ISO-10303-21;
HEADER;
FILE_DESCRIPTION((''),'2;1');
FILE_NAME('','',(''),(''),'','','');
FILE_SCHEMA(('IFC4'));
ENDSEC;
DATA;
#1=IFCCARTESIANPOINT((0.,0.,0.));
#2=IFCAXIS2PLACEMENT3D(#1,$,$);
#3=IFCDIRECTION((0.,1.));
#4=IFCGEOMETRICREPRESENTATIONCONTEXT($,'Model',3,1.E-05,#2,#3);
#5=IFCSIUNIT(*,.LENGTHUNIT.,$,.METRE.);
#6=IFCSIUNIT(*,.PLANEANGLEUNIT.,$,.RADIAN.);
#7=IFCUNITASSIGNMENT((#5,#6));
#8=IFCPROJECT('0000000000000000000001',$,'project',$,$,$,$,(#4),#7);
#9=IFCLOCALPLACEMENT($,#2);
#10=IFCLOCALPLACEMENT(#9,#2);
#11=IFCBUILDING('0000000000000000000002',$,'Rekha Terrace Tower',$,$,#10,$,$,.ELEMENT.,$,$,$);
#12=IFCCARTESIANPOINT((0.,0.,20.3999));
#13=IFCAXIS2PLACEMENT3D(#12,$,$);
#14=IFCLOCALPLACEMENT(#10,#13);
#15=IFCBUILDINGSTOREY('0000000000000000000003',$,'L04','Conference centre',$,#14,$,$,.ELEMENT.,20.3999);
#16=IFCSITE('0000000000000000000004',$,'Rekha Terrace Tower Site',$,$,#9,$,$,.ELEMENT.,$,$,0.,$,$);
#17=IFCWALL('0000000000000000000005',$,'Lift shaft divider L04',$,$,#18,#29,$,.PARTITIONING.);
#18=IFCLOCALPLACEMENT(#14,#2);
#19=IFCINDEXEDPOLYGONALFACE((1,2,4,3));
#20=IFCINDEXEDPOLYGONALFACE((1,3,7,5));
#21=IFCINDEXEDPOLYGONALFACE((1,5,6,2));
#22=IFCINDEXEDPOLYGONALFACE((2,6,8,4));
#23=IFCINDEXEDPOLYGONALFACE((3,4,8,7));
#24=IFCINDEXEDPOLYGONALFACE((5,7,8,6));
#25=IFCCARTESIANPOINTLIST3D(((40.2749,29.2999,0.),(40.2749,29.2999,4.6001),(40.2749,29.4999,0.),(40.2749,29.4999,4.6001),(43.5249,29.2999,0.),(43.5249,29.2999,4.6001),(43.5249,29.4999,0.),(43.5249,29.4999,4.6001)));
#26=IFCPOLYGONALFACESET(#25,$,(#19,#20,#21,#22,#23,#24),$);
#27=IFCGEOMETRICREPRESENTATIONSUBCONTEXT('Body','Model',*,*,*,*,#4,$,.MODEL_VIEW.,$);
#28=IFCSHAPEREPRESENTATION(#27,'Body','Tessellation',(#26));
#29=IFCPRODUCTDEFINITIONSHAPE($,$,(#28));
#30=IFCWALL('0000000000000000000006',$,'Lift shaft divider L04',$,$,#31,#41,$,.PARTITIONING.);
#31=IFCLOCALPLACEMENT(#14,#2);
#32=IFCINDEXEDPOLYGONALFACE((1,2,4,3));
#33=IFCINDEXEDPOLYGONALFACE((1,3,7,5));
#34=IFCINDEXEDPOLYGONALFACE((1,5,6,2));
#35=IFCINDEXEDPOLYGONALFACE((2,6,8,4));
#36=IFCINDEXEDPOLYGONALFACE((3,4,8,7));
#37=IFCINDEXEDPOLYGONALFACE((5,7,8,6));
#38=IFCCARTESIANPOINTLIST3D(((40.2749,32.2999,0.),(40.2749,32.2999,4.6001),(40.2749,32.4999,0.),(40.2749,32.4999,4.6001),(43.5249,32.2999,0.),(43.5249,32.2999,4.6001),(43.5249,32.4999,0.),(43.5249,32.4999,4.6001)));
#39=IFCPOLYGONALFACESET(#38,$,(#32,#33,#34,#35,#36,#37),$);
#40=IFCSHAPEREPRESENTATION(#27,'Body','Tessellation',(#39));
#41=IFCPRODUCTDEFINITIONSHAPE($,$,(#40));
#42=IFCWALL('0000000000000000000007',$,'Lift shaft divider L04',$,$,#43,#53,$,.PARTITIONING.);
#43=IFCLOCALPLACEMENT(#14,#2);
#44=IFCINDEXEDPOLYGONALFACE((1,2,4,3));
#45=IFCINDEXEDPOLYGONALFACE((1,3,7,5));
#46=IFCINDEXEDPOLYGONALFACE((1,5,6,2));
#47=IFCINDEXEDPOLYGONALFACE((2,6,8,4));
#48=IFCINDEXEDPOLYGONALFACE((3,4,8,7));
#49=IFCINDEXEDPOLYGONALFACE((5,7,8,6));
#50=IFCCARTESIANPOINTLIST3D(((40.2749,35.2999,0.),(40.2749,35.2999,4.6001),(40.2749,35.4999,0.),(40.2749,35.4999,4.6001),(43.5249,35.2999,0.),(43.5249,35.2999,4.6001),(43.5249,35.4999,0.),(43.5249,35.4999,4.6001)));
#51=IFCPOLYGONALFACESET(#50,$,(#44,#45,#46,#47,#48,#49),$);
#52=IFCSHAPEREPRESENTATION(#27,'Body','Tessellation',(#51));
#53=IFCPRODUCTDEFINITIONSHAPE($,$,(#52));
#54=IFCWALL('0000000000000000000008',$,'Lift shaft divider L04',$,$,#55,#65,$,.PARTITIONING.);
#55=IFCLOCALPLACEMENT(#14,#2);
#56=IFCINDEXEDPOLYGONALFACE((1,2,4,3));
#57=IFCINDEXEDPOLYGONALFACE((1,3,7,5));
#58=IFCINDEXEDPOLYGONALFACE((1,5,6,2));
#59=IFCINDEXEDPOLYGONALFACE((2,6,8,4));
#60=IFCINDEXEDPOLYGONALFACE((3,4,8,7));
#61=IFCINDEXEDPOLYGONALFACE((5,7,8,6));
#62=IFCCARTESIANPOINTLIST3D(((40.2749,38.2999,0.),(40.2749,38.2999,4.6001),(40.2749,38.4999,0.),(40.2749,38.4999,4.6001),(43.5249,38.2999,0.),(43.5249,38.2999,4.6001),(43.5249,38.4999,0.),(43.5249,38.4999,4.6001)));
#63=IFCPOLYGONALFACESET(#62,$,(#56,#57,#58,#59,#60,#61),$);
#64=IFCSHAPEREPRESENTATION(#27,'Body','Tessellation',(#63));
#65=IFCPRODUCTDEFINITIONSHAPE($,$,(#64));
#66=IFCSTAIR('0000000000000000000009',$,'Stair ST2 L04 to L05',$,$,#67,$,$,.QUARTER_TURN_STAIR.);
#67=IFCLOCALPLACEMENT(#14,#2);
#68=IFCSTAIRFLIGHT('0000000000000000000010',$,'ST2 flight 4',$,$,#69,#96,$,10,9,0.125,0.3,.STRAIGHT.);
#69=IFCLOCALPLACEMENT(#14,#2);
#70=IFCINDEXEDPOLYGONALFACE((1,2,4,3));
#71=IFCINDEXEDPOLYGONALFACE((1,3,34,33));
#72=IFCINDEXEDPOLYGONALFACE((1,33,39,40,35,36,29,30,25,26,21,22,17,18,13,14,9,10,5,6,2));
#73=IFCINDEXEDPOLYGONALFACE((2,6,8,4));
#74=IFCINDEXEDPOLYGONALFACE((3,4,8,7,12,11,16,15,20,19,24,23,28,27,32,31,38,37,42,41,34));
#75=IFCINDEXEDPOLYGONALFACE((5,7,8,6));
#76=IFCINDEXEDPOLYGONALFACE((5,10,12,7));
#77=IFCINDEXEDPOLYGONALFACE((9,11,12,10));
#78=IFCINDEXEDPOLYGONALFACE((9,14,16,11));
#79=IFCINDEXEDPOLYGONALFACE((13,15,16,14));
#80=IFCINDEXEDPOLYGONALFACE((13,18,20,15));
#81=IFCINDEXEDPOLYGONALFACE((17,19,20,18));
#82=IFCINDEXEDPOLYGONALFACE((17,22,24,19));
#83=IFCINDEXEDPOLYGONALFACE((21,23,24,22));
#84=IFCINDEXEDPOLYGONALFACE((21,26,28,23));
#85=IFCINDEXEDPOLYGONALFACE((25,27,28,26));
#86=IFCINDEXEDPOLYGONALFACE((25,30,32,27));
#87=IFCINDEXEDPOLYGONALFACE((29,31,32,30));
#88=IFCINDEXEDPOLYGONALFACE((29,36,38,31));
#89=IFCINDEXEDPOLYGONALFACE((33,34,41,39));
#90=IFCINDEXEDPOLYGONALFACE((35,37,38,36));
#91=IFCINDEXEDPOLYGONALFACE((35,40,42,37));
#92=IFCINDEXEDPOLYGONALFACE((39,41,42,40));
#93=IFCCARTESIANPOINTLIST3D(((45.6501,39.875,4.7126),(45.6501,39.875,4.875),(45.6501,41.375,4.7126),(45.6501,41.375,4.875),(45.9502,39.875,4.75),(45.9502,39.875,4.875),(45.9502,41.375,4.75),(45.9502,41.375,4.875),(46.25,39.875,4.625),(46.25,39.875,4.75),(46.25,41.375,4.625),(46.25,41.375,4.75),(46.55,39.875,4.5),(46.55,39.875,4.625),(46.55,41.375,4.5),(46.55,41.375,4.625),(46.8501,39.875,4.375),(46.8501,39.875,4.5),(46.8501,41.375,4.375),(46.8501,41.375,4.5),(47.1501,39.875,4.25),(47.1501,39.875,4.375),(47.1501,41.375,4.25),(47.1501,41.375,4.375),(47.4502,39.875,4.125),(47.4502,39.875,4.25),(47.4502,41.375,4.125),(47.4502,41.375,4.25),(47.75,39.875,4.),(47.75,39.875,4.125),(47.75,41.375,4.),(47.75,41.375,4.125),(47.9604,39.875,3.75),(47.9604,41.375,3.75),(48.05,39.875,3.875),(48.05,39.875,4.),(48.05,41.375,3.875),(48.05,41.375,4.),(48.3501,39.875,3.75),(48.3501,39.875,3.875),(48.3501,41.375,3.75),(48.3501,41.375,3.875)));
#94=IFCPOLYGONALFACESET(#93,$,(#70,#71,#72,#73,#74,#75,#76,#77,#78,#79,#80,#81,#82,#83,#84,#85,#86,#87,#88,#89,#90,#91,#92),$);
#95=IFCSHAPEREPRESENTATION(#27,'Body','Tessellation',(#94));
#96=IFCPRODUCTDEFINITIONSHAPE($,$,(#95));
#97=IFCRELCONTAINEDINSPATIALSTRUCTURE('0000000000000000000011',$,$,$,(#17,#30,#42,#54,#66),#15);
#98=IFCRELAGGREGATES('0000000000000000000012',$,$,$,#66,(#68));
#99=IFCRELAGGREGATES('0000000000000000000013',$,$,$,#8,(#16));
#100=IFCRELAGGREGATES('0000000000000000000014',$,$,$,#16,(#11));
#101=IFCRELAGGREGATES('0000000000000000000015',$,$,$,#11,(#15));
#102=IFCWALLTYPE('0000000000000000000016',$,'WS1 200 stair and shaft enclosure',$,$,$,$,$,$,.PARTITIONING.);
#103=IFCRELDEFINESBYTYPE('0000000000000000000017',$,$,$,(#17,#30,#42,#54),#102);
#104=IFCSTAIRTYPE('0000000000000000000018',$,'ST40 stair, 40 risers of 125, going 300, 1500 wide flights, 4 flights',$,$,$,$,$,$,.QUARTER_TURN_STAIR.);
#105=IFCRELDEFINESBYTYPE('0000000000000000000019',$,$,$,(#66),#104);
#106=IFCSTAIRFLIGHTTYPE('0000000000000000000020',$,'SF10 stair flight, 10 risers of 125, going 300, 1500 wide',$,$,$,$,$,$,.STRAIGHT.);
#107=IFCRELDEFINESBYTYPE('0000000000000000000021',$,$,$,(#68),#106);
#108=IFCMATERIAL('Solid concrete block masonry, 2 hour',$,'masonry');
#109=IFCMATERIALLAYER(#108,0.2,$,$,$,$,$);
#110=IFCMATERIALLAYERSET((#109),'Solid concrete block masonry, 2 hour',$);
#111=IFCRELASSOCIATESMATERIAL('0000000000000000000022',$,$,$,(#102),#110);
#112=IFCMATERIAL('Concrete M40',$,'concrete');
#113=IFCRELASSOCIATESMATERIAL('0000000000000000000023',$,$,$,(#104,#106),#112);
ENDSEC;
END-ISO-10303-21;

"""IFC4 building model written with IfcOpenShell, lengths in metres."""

from ifc_helpers import new_model, si_unit, direction, frame, frame_2d, origin, place, context, subcontext, project, spatial, polyline, rectangle, outline, extrude, material, layer, layer_set, type_object, element, aggregate, save


model = new_model("IFC4")

# Units and contexts
model_context = context("Model", 3, precision=1e-05, world=origin(), true_north=direction((0.0, 1.0)))
body_context = subcontext(model_context, "Body", "Model", "MODEL_VIEW")
ifc_project = project(units=[si_unit("LENGTHUNIT", "METRE"), si_unit("PLANEANGLEUNIT", "RADIAN")], contexts=[model_context])

# Site, building, storey
site_placement = place(None, origin())
site = spatial("IfcSite", under=ifc_project, at=site_placement, Name="Rekha Terrace Tower Site", CompositionType="ELEMENT", RefElevation=0.0)
building_placement = place(site_placement, origin())
building = spatial("IfcBuilding", under=site, at=building_placement, Name="Rekha Terrace Tower", CompositionType="ELEMENT")
storey_placement = place(building_placement, frame((0.0, 0.0, 20.3999)))
storey = spatial("IfcBuildingStorey", under=building, at=storey_placement, Name="L04", Description="Conference centre", CompositionType="ELEMENT", Elevation=20.3999)

# Walls
ifc_material_1 = material(Name="Solid concrete block masonry, 2 hour", Category="masonry")
ifc_layer_1 = layer(ifc_material_1, 0.2)
ifc_layer_set_1 = layer_set([ifc_layer_1], Name="Solid concrete block masonry, 2 hour")
wall_type_1 = type_object("IfcWallType", Name="WS1 200 stair and shaft enclosure", PredefinedType="PARTITIONING", material=ifc_layer_set_1)
for number, where, z_axis, x_axis, name in (
    (1, (40.2749, 29.3999, 0.0), (0.0, 0.0, 1.0), (1.0, 0.0, 0.0), "Lift shaft divider L04"),
    (2, (40.2749, 32.3999, 0.0), (0.0, 0.0, 1.0), (1.0, 0.0, 0.0), "Lift shaft divider L04"),
    (3, (40.2749, 35.3999, 0.0), (0.0, 0.0, 1.0), (1.0, 0.0, 0.0), "Lift shaft divider L04"),
    (4, (40.2749, 38.3999, 0.0), (0.0, 0.0, 1.0), (1.0, 0.0, 0.0), "Lift shaft divider L04"),
):
    element("IfcWall", number, at=place(storey_placement, frame(where, z_axis=z_axis, x_axis=x_axis)), inside=storey, type_object=wall_type_1, Name=name, PredefinedType="PARTITIONING", context=body_context, shape_type="SweptSolid", body=[
        extrude(rectangle(XDim=3.25, YDim=0.2, at=frame_2d((1.625, 0.0))), origin(), (0.0, 0.0, 1.0), 4.6001),
    ])

# Stair, stair flight
ifc_material_2 = material(Name="Concrete M40", Category="concrete")
stair_type = type_object("IfcStairType", Name="ST40 stair, 40 risers of 125, going 300, 1500 wide flights, 4 flights", PredefinedType="QUARTER_TURN_STAIR", material=ifc_material_2)
stair_placement = place(storey_placement, origin())
stair = element("IfcStair", 5, at=stair_placement, inside=storey, type_object=stair_type, Name="Stair ST2 L04 to L05", PredefinedType="QUARTER_TURN_STAIR")
stair_flight_type = type_object("IfcStairFlightType", Name="SF10 stair flight, 10 risers of 125, going 300, 1500 wide", PredefinedType="STRAIGHT", material=ifc_material_2)
stair_flight_placement = place(storey_placement, frame((48.3501, 40.625, 3.75), z_axis=(0.0, 0.0, 1.0), x_axis=(-1.0, 0.0, 0.0)))
stair_flight = element("IfcStairFlight", 6, at=stair_flight_placement, type_object=stair_flight_type, Name="ST2 flight 4", NumberOfRisers=10, NumberOfTreads=9, PredefinedType="STRAIGHT", RiserHeight=0.125, TreadLength=0.3, context=body_context, shape_type="SweptSolid", body=[
    extrude(outline(polyline([(0.0, 0.0), (0.0, 0.125), (0.3, 0.125), (0.3, 0.25), (0.6001, 0.25), (0.6001, 0.375), (0.8999, 0.375), (0.8999, 0.5), (1.2, 0.5), (1.2, 0.625), (1.5, 0.625), (1.5, 0.75), (1.8, 0.75), (1.8, 0.875), (2.1001, 0.875), (2.1001, 1.0), (2.3999, 1.0), (2.3999, 1.125), (2.7, 1.125), (2.7, 1.25), (2.7, 0.9626), (0.3896, 0.0), (0.0, 0.0)])), frame((0.0, 0.75, 0.0), z_axis=(0.0, -1.0, 0.0), x_axis=(1.0, 0.0, 0.0)), (0.0, 0.0, 1.0), 1.5),
])
aggregate(stair, [stair_flight])

save(model, "model.ifc")
